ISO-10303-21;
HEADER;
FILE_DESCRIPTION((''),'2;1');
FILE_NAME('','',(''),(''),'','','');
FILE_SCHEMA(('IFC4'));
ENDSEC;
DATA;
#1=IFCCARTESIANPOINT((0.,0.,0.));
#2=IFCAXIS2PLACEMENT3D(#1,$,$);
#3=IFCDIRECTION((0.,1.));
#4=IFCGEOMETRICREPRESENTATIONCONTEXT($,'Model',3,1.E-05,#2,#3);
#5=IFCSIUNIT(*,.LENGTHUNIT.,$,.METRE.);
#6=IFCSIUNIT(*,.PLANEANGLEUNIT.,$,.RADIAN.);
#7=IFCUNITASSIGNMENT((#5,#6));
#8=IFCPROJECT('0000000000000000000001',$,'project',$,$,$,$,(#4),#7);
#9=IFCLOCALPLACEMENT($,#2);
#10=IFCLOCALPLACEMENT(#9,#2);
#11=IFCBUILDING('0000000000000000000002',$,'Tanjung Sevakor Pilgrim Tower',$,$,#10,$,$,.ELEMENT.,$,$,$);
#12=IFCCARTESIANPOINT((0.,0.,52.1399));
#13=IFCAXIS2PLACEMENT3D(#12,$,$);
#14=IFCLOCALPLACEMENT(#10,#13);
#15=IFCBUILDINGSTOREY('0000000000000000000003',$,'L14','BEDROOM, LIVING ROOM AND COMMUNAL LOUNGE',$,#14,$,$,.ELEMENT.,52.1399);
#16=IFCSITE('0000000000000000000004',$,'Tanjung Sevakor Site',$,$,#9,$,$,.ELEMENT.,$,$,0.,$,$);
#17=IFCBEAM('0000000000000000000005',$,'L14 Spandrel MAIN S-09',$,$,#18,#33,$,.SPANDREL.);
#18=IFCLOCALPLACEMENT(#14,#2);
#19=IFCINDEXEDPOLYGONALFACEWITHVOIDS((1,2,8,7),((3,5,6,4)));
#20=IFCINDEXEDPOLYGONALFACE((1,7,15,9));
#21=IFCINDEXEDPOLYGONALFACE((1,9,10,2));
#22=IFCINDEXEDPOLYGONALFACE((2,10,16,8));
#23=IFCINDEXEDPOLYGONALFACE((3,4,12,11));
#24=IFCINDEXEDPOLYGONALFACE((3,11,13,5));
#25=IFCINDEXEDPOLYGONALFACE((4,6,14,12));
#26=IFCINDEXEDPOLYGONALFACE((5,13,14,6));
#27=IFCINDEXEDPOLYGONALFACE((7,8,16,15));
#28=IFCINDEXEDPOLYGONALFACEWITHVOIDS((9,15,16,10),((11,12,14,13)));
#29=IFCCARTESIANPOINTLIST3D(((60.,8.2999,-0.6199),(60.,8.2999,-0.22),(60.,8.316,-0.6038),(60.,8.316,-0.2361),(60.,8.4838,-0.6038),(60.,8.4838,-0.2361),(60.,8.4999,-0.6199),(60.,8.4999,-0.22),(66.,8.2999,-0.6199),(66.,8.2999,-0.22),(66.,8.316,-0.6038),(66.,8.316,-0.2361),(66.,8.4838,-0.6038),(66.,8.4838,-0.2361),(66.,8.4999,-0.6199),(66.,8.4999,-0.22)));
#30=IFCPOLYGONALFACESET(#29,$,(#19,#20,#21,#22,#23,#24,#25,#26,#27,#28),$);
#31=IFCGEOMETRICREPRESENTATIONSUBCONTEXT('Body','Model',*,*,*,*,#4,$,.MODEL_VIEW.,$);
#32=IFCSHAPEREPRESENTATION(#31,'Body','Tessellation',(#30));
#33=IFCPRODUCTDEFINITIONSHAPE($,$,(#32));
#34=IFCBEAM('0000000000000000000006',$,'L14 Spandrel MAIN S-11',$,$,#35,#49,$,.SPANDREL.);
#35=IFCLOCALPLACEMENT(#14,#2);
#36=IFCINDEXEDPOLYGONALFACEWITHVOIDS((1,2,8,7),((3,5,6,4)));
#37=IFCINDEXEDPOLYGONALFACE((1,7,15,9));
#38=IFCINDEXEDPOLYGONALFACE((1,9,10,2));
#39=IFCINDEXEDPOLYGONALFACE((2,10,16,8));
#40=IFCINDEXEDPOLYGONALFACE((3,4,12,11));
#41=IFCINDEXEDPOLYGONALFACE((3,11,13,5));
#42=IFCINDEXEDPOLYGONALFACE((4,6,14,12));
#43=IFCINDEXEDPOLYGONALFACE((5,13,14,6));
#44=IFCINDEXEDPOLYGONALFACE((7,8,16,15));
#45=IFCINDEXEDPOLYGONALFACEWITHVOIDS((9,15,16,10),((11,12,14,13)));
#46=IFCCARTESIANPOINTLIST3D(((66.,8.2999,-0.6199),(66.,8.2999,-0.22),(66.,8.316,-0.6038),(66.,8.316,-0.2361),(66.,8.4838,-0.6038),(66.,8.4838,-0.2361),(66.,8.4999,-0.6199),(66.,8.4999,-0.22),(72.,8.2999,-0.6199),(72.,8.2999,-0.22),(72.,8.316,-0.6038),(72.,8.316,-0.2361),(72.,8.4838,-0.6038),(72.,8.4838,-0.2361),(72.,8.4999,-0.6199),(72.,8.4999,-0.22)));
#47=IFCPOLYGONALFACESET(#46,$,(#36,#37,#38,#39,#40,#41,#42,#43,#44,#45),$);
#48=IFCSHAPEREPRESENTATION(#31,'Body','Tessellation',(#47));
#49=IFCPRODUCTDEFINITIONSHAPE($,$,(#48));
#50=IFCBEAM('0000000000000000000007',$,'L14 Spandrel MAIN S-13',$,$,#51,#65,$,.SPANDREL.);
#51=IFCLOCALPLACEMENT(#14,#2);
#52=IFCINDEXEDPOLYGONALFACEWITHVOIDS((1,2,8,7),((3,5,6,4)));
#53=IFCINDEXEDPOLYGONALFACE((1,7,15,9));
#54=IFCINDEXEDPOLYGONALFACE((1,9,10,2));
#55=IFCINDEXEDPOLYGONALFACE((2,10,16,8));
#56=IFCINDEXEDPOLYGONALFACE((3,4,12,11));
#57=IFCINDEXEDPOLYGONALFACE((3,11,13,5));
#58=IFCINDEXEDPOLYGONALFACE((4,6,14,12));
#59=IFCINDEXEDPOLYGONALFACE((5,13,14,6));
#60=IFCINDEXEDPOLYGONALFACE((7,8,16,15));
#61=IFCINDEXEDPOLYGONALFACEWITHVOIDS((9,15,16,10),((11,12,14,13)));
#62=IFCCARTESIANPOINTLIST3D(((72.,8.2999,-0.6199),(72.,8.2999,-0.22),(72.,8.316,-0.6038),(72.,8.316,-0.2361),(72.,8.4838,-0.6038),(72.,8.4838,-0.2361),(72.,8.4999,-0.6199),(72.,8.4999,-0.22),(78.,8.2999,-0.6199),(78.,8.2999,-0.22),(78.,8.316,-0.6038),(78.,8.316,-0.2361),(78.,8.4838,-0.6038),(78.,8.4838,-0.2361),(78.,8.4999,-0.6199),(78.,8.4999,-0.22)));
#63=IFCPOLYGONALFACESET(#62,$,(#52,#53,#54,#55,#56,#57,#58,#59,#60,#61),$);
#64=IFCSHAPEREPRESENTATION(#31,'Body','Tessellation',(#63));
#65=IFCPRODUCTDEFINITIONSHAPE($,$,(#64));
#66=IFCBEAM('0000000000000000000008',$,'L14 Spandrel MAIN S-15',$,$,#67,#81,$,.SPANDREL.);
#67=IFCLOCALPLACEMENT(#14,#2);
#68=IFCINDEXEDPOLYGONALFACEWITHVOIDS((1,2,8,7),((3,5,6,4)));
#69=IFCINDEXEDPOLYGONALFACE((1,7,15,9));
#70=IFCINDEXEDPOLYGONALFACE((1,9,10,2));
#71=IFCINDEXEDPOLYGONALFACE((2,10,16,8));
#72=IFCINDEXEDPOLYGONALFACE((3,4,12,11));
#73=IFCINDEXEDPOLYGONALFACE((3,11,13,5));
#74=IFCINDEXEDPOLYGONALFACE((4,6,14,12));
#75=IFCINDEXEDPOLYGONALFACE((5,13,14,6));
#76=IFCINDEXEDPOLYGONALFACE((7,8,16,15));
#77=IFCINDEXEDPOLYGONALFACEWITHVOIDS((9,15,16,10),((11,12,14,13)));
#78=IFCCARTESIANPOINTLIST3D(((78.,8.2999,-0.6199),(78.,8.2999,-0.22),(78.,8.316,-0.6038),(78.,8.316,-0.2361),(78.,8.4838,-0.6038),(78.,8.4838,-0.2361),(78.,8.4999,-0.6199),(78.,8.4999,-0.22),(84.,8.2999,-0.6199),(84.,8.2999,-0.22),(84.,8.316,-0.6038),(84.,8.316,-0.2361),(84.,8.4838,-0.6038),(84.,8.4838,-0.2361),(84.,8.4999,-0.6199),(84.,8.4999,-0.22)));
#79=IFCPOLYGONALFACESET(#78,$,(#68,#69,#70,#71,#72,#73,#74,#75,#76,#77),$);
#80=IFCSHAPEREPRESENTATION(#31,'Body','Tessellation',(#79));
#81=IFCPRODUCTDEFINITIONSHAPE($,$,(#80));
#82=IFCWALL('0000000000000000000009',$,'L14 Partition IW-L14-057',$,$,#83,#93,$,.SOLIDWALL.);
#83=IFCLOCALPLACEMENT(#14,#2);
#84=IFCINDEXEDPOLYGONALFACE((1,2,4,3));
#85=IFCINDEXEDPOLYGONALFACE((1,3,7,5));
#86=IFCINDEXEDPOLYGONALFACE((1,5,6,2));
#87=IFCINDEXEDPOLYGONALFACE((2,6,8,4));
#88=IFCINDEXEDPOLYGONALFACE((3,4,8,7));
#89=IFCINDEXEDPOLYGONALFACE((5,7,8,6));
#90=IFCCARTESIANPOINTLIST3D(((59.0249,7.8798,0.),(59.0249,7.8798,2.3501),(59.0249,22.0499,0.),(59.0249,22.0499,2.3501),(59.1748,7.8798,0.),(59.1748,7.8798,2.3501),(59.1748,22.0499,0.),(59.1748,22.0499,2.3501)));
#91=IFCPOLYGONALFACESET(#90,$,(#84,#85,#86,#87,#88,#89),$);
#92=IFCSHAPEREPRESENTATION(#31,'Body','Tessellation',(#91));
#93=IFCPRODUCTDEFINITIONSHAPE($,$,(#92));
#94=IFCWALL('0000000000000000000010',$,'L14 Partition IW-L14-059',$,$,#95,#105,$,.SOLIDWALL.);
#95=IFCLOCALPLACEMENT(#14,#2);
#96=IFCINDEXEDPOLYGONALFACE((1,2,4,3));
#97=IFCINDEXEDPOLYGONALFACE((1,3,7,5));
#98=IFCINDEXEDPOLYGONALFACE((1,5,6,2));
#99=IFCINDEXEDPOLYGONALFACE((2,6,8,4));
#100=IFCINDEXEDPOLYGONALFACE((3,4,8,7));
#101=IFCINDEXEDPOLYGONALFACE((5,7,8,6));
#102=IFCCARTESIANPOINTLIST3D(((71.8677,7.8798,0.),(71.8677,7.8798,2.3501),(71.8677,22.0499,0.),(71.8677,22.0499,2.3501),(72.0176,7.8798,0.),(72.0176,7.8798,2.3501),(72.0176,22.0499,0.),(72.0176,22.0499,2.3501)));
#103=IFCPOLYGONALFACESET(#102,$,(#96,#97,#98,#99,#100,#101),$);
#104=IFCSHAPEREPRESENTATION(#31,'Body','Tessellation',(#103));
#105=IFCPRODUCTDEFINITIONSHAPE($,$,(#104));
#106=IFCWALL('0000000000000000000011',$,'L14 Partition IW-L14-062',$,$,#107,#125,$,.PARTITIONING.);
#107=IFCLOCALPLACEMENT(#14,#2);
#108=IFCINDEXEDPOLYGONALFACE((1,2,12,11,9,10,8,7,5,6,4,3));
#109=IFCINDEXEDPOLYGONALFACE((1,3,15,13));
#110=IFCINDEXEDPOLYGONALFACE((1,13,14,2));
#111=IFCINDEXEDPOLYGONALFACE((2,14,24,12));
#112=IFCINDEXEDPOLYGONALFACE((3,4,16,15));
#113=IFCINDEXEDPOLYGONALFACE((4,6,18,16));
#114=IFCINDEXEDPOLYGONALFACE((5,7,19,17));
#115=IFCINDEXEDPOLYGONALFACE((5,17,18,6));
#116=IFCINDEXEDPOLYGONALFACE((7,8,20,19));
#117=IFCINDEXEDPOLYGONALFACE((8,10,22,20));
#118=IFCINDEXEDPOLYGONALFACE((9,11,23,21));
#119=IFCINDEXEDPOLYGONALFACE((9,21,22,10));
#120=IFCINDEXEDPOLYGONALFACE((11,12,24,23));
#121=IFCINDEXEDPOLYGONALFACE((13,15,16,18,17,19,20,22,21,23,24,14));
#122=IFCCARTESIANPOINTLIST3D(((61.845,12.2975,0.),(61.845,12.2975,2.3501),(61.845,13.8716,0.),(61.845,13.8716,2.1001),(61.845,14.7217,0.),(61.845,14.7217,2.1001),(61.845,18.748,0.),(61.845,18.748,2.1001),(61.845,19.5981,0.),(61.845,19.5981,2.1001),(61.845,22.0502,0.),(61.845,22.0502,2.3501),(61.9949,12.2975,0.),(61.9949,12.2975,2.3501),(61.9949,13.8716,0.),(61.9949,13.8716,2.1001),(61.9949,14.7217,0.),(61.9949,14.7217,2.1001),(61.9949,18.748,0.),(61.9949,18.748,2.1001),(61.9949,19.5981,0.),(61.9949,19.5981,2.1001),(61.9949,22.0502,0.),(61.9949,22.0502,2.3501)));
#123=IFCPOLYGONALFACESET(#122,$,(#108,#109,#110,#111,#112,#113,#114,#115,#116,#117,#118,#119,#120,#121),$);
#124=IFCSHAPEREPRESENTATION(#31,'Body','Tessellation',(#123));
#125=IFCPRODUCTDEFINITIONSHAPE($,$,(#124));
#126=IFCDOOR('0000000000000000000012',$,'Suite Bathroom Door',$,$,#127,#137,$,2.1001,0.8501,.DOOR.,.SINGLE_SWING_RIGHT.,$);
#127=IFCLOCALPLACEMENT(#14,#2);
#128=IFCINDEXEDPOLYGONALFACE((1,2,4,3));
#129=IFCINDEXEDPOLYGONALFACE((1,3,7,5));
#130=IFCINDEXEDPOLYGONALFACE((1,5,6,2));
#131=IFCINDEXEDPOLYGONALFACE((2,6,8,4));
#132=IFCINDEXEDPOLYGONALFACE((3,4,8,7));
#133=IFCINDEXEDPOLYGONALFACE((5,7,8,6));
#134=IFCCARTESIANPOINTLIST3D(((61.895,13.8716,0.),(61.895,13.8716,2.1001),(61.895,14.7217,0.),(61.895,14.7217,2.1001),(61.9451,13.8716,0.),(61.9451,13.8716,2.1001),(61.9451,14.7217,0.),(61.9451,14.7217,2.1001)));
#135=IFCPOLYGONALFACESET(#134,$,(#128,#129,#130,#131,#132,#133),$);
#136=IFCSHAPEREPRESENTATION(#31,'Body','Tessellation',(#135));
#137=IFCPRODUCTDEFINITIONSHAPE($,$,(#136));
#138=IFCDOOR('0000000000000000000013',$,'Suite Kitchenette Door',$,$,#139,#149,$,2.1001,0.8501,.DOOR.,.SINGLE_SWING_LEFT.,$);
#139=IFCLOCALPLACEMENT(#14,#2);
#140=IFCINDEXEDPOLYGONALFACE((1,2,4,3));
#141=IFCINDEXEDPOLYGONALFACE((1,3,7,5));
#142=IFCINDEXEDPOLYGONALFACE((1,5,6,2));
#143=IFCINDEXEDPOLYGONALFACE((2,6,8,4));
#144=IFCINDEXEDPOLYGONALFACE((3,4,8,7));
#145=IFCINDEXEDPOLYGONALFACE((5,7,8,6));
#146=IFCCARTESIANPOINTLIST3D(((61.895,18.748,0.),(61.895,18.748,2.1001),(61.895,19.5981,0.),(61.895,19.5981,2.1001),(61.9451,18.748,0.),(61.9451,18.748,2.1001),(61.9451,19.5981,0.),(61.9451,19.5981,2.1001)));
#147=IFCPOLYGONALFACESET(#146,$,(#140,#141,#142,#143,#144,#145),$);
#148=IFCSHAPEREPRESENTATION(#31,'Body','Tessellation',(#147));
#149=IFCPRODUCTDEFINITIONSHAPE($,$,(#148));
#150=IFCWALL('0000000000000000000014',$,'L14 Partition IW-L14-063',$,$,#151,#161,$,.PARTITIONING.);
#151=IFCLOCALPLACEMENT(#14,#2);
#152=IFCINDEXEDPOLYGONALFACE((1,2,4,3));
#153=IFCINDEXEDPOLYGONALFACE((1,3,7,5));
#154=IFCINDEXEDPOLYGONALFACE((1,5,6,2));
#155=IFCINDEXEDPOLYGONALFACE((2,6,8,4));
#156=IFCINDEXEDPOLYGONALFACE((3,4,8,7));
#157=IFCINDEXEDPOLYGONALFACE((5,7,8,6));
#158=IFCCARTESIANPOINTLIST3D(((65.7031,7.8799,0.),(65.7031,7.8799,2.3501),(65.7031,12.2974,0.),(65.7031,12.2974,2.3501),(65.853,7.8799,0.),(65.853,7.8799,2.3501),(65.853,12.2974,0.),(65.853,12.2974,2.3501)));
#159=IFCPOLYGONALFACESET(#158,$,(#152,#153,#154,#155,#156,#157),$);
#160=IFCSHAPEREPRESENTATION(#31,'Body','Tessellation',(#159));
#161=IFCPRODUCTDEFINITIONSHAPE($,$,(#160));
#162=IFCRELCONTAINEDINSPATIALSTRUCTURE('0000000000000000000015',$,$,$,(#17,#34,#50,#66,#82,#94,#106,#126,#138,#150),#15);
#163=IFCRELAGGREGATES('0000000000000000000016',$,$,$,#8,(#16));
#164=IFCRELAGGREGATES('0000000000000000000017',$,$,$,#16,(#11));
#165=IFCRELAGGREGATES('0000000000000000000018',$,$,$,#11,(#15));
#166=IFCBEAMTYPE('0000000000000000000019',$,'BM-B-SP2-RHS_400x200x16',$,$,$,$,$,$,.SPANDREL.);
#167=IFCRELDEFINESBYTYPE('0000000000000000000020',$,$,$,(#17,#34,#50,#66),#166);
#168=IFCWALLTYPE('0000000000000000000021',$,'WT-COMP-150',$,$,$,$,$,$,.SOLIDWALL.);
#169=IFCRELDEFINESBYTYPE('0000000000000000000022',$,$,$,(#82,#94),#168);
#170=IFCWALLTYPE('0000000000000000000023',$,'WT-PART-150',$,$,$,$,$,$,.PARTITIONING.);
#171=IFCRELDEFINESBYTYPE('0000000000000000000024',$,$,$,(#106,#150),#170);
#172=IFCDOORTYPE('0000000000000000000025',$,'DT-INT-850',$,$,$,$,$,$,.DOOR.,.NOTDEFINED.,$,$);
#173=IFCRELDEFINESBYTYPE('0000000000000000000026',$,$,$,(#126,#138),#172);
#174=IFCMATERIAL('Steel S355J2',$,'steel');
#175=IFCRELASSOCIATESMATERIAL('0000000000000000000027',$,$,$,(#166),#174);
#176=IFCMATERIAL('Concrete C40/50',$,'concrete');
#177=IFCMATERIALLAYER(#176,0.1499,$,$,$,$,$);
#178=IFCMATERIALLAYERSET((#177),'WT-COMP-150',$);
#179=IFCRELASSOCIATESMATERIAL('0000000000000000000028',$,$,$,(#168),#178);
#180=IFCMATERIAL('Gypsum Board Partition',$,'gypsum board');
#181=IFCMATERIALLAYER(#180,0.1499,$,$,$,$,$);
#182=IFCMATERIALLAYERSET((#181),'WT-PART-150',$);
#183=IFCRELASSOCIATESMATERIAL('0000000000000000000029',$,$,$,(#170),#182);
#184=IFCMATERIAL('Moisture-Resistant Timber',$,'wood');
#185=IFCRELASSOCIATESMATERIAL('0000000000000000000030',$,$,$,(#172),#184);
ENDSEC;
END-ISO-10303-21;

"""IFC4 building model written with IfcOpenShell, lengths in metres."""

from ifc_helpers import new_model, si_unit, direction, frame, frame_2d, origin, origin_2d, place, context, subcontext, project, spatial, rectangle, hollow_rectangle, extrude, material, layer, layer_set, material_profile, profile_set, type_object, element, fill, save


model = new_model("IFC4")

# Units and contexts
model_context = context("Model", 3, precision=1e-05, world=origin(), true_north=direction((0.0, 1.0)))
body_context = subcontext(model_context, "Body", "Model", "MODEL_VIEW")
ifc_project = project(units=[si_unit("LENGTHUNIT", "METRE"), si_unit("PLANEANGLEUNIT", "RADIAN")], contexts=[model_context])

# Site, building, storey
site_placement = place(None, origin())
site = spatial("IfcSite", under=ifc_project, at=site_placement, Name="Tanjung Sevakor Site", CompositionType="ELEMENT", RefElevation=0.0)
building_placement = place(site_placement, origin())
building = spatial("IfcBuilding", under=site, at=building_placement, Name="Tanjung Sevakor Pilgrim Tower", CompositionType="ELEMENT")
storey_placement = place(building_placement, frame((0.0, 0.0, 52.1399)))
storey = spatial("IfcBuildingStorey", under=building, at=storey_placement, Name="L14", Description="BEDROOM, LIVING ROOM AND COMMUNAL LOUNGE", CompositionType="ELEMENT", Elevation=52.1399)

# Beams
ifc_material_1 = material(Name="Steel S355J2", Category="steel")
ifc_material_profile_1 = material_profile(ifc_material_1, hollow_rectangle(XDim=0.2, YDim=0.3999, WallThickness=0.0161, at=origin_2d()))
ifc_profile_set_1 = profile_set([ifc_material_profile_1], Name="Steel S355J2")
beam_type_1 = type_object("IfcBeamType", Name="BM-B-SP2-RHS_400x200x16", PredefinedType="SPANDREL", material=ifc_profile_set_1)
for number, where, z_axis, x_axis, name in (
    (1, (60.0, 8.3999, -0.4199), (1.0, 0.0, 0.0), (0.0, 1.0, 0.0), "L14 Spandrel MAIN S-09"),
    (2, (66.0, 8.3999, -0.4199), (1.0, 0.0, 0.0), (0.0, 1.0, 0.0), "L14 Spandrel MAIN S-11"),
    (3, (72.0, 8.3999, -0.4199), (1.0, 0.0, 0.0), (0.0, 1.0, 0.0), "L14 Spandrel MAIN S-13"),
    (4, (78.0, 8.3999, -0.4199), (1.0, 0.0, 0.0), (0.0, 1.0, 0.0), "L14 Spandrel MAIN S-15"),
):
    element("IfcBeam", number, at=place(storey_placement, frame(where, z_axis=z_axis, x_axis=x_axis)), inside=storey, type_object=beam_type_1, Name=name, PredefinedType="SPANDREL", context=body_context, shape_type="SweptSolid", body=[
        extrude(hollow_rectangle(XDim=0.2, YDim=0.3999, WallThickness=0.0161, at=origin_2d()), origin(), (0.0, 0.0, 1.0), 6.0),
    ])

# Walls
ifc_material_2 = material(Name="Concrete C40/50", Category="concrete")
ifc_layer_1 = layer(ifc_material_2, 0.1499)
ifc_layer_set_1 = layer_set([ifc_layer_1], Name="WT-COMP-150")
wall_type_1 = type_object("IfcWallType", Name="WT-COMP-150", PredefinedType="SOLIDWALL", material=ifc_layer_set_1)
for number, where, z_axis, x_axis, name in (
    (5, (59.0999, 7.8799, 0.0), (0.0, 0.0, 1.0), (0.0, 1.0, 0.0), "L14 Partition IW-L14-057"),
    (6, (71.9426, 7.8799, 0.0), (0.0, 0.0, 1.0), (0.0, 1.0, 0.0), "L14 Partition IW-L14-059"),
):
    element("IfcWall", number, at=place(storey_placement, frame(where, z_axis=z_axis, x_axis=x_axis)), inside=storey, type_object=wall_type_1, Name=name, PredefinedType="SOLIDWALL", context=body_context, shape_type="SweptSolid", body=[
        extrude(rectangle(XDim=14.1702, YDim=0.1499, at=frame_2d((7.085, 0.0))), origin(), (0.0, 0.0, 1.0), 2.3501),
    ])

# Wall, openings, doors
ifc_material_3 = material(Name="Gypsum Board Partition", Category="gypsum board")
ifc_layer_2 = layer(ifc_material_3, 0.1499)
ifc_layer_set_2 = layer_set([ifc_layer_2], Name="WT-PART-150")
wall_type_2 = type_object("IfcWallType", Name="WT-PART-150", PredefinedType="PARTITIONING", material=ifc_layer_set_2)
wall_1_placement = place(storey_placement, frame((61.9199, 12.2974, 0.0), z_axis=(0.0, 0.0, 1.0), x_axis=(0.0, 1.0, 0.0)))
wall_1 = element("IfcWall", 7, at=wall_1_placement, inside=storey, type_object=wall_type_2, Name="L14 Partition IW-L14-062", PredefinedType="PARTITIONING", context=body_context, shape_type="SweptSolid", body=[
    extrude(rectangle(XDim=9.7527, YDim=0.1499, at=frame_2d((4.8765, 0.0))), origin(), (0.0, 0.0, 1.0), 2.3501),
])
opening_1_placement = place(wall_1_placement, frame((1.5742, 0.0, 0.0)))
opening_1 = element("IfcOpeningElement", 8, at=opening_1_placement, cuts=wall_1, PredefinedType="OPENING", context=body_context, shape_type="SweptSolid", body=[
    extrude(rectangle(XDim=0.8501, YDim=2.1001, at=frame_2d((0.425, 1.05))), frame((0.0, 0.085, 0.0), z_axis=(0.0, -1.0, 0.0), x_axis=(1.0, 0.0, 0.0)), (0.0, 0.0, 1.0), 0.1699),
])
opening_2_placement = place(wall_1_placement, frame((6.4507, 0.0, 0.0)))
opening_2 = element("IfcOpeningElement", 9, at=opening_2_placement, cuts=wall_1, PredefinedType="OPENING", context=body_context, shape_type="SweptSolid", body=[
    extrude(rectangle(XDim=0.8501, YDim=2.1001, at=frame_2d((0.425, 1.05))), frame((0.0, 0.085, 0.0), z_axis=(0.0, -1.0, 0.0), x_axis=(1.0, 0.0, 0.0)), (0.0, 0.0, 1.0), 0.1699),
])
ifc_material_4 = material(Name="Moisture-Resistant Timber", Category="wood")
door_type = type_object("IfcDoorType", Name="DT-INT-850", OperationType="NOTDEFINED", PredefinedType="DOOR", material=ifc_material_4)
door_1_placement = place(opening_1_placement, origin())
door_1 = element("IfcDoor", 10, at=door_1_placement, inside=storey, type_object=door_type, Name="Suite Bathroom Door", OperationType="SINGLE_SWING_RIGHT", OverallHeight=2.1001, OverallWidth=0.8501, PredefinedType="DOOR", context=body_context, shape_type="SweptSolid", body=[
    extrude(rectangle(XDim=0.8501, YDim=2.1001, at=frame_2d((0.425, 1.05))), frame((0.0, 0.0249, 0.0), z_axis=(0.0, -1.0, 0.0), x_axis=(1.0, 0.0, 0.0)), (0.0, 0.0, 1.0), 0.05),
])
fill(opening_1, door_1)
door_2_placement = place(opening_2_placement, origin())
door_2 = element("IfcDoor", 11, at=door_2_placement, inside=storey, type_object=door_type, Name="Suite Kitchenette Door", OperationType="SINGLE_SWING_LEFT", OverallHeight=2.1001, OverallWidth=0.8501, PredefinedType="DOOR", context=body_context, shape_type="SweptSolid", body=[
    extrude(rectangle(XDim=0.8501, YDim=2.1001, at=frame_2d((0.425, 1.05))), frame((0.0, 0.0249, 0.0), z_axis=(0.0, -1.0, 0.0), x_axis=(1.0, 0.0, 0.0)), (0.0, 0.0, 1.0), 0.05),
])
fill(opening_2, door_2)

# Wall
wall_2_placement = place(storey_placement, frame((65.7781, 7.8799, 0.0), z_axis=(0.0, 0.0, 1.0), x_axis=(0.0, 1.0, 0.0)))
element("IfcWall", 12, at=wall_2_placement, inside=storey, type_object=wall_type_2, Name="L14 Partition IW-L14-063", PredefinedType="PARTITIONING", context=body_context, shape_type="SweptSolid", body=[
    extrude(rectangle(XDim=4.4175, YDim=0.1499, at=frame_2d((2.2087, 0.0))), origin(), (0.0, 0.0, 1.0), 2.3501),
])

save(model, "model.ifc")
